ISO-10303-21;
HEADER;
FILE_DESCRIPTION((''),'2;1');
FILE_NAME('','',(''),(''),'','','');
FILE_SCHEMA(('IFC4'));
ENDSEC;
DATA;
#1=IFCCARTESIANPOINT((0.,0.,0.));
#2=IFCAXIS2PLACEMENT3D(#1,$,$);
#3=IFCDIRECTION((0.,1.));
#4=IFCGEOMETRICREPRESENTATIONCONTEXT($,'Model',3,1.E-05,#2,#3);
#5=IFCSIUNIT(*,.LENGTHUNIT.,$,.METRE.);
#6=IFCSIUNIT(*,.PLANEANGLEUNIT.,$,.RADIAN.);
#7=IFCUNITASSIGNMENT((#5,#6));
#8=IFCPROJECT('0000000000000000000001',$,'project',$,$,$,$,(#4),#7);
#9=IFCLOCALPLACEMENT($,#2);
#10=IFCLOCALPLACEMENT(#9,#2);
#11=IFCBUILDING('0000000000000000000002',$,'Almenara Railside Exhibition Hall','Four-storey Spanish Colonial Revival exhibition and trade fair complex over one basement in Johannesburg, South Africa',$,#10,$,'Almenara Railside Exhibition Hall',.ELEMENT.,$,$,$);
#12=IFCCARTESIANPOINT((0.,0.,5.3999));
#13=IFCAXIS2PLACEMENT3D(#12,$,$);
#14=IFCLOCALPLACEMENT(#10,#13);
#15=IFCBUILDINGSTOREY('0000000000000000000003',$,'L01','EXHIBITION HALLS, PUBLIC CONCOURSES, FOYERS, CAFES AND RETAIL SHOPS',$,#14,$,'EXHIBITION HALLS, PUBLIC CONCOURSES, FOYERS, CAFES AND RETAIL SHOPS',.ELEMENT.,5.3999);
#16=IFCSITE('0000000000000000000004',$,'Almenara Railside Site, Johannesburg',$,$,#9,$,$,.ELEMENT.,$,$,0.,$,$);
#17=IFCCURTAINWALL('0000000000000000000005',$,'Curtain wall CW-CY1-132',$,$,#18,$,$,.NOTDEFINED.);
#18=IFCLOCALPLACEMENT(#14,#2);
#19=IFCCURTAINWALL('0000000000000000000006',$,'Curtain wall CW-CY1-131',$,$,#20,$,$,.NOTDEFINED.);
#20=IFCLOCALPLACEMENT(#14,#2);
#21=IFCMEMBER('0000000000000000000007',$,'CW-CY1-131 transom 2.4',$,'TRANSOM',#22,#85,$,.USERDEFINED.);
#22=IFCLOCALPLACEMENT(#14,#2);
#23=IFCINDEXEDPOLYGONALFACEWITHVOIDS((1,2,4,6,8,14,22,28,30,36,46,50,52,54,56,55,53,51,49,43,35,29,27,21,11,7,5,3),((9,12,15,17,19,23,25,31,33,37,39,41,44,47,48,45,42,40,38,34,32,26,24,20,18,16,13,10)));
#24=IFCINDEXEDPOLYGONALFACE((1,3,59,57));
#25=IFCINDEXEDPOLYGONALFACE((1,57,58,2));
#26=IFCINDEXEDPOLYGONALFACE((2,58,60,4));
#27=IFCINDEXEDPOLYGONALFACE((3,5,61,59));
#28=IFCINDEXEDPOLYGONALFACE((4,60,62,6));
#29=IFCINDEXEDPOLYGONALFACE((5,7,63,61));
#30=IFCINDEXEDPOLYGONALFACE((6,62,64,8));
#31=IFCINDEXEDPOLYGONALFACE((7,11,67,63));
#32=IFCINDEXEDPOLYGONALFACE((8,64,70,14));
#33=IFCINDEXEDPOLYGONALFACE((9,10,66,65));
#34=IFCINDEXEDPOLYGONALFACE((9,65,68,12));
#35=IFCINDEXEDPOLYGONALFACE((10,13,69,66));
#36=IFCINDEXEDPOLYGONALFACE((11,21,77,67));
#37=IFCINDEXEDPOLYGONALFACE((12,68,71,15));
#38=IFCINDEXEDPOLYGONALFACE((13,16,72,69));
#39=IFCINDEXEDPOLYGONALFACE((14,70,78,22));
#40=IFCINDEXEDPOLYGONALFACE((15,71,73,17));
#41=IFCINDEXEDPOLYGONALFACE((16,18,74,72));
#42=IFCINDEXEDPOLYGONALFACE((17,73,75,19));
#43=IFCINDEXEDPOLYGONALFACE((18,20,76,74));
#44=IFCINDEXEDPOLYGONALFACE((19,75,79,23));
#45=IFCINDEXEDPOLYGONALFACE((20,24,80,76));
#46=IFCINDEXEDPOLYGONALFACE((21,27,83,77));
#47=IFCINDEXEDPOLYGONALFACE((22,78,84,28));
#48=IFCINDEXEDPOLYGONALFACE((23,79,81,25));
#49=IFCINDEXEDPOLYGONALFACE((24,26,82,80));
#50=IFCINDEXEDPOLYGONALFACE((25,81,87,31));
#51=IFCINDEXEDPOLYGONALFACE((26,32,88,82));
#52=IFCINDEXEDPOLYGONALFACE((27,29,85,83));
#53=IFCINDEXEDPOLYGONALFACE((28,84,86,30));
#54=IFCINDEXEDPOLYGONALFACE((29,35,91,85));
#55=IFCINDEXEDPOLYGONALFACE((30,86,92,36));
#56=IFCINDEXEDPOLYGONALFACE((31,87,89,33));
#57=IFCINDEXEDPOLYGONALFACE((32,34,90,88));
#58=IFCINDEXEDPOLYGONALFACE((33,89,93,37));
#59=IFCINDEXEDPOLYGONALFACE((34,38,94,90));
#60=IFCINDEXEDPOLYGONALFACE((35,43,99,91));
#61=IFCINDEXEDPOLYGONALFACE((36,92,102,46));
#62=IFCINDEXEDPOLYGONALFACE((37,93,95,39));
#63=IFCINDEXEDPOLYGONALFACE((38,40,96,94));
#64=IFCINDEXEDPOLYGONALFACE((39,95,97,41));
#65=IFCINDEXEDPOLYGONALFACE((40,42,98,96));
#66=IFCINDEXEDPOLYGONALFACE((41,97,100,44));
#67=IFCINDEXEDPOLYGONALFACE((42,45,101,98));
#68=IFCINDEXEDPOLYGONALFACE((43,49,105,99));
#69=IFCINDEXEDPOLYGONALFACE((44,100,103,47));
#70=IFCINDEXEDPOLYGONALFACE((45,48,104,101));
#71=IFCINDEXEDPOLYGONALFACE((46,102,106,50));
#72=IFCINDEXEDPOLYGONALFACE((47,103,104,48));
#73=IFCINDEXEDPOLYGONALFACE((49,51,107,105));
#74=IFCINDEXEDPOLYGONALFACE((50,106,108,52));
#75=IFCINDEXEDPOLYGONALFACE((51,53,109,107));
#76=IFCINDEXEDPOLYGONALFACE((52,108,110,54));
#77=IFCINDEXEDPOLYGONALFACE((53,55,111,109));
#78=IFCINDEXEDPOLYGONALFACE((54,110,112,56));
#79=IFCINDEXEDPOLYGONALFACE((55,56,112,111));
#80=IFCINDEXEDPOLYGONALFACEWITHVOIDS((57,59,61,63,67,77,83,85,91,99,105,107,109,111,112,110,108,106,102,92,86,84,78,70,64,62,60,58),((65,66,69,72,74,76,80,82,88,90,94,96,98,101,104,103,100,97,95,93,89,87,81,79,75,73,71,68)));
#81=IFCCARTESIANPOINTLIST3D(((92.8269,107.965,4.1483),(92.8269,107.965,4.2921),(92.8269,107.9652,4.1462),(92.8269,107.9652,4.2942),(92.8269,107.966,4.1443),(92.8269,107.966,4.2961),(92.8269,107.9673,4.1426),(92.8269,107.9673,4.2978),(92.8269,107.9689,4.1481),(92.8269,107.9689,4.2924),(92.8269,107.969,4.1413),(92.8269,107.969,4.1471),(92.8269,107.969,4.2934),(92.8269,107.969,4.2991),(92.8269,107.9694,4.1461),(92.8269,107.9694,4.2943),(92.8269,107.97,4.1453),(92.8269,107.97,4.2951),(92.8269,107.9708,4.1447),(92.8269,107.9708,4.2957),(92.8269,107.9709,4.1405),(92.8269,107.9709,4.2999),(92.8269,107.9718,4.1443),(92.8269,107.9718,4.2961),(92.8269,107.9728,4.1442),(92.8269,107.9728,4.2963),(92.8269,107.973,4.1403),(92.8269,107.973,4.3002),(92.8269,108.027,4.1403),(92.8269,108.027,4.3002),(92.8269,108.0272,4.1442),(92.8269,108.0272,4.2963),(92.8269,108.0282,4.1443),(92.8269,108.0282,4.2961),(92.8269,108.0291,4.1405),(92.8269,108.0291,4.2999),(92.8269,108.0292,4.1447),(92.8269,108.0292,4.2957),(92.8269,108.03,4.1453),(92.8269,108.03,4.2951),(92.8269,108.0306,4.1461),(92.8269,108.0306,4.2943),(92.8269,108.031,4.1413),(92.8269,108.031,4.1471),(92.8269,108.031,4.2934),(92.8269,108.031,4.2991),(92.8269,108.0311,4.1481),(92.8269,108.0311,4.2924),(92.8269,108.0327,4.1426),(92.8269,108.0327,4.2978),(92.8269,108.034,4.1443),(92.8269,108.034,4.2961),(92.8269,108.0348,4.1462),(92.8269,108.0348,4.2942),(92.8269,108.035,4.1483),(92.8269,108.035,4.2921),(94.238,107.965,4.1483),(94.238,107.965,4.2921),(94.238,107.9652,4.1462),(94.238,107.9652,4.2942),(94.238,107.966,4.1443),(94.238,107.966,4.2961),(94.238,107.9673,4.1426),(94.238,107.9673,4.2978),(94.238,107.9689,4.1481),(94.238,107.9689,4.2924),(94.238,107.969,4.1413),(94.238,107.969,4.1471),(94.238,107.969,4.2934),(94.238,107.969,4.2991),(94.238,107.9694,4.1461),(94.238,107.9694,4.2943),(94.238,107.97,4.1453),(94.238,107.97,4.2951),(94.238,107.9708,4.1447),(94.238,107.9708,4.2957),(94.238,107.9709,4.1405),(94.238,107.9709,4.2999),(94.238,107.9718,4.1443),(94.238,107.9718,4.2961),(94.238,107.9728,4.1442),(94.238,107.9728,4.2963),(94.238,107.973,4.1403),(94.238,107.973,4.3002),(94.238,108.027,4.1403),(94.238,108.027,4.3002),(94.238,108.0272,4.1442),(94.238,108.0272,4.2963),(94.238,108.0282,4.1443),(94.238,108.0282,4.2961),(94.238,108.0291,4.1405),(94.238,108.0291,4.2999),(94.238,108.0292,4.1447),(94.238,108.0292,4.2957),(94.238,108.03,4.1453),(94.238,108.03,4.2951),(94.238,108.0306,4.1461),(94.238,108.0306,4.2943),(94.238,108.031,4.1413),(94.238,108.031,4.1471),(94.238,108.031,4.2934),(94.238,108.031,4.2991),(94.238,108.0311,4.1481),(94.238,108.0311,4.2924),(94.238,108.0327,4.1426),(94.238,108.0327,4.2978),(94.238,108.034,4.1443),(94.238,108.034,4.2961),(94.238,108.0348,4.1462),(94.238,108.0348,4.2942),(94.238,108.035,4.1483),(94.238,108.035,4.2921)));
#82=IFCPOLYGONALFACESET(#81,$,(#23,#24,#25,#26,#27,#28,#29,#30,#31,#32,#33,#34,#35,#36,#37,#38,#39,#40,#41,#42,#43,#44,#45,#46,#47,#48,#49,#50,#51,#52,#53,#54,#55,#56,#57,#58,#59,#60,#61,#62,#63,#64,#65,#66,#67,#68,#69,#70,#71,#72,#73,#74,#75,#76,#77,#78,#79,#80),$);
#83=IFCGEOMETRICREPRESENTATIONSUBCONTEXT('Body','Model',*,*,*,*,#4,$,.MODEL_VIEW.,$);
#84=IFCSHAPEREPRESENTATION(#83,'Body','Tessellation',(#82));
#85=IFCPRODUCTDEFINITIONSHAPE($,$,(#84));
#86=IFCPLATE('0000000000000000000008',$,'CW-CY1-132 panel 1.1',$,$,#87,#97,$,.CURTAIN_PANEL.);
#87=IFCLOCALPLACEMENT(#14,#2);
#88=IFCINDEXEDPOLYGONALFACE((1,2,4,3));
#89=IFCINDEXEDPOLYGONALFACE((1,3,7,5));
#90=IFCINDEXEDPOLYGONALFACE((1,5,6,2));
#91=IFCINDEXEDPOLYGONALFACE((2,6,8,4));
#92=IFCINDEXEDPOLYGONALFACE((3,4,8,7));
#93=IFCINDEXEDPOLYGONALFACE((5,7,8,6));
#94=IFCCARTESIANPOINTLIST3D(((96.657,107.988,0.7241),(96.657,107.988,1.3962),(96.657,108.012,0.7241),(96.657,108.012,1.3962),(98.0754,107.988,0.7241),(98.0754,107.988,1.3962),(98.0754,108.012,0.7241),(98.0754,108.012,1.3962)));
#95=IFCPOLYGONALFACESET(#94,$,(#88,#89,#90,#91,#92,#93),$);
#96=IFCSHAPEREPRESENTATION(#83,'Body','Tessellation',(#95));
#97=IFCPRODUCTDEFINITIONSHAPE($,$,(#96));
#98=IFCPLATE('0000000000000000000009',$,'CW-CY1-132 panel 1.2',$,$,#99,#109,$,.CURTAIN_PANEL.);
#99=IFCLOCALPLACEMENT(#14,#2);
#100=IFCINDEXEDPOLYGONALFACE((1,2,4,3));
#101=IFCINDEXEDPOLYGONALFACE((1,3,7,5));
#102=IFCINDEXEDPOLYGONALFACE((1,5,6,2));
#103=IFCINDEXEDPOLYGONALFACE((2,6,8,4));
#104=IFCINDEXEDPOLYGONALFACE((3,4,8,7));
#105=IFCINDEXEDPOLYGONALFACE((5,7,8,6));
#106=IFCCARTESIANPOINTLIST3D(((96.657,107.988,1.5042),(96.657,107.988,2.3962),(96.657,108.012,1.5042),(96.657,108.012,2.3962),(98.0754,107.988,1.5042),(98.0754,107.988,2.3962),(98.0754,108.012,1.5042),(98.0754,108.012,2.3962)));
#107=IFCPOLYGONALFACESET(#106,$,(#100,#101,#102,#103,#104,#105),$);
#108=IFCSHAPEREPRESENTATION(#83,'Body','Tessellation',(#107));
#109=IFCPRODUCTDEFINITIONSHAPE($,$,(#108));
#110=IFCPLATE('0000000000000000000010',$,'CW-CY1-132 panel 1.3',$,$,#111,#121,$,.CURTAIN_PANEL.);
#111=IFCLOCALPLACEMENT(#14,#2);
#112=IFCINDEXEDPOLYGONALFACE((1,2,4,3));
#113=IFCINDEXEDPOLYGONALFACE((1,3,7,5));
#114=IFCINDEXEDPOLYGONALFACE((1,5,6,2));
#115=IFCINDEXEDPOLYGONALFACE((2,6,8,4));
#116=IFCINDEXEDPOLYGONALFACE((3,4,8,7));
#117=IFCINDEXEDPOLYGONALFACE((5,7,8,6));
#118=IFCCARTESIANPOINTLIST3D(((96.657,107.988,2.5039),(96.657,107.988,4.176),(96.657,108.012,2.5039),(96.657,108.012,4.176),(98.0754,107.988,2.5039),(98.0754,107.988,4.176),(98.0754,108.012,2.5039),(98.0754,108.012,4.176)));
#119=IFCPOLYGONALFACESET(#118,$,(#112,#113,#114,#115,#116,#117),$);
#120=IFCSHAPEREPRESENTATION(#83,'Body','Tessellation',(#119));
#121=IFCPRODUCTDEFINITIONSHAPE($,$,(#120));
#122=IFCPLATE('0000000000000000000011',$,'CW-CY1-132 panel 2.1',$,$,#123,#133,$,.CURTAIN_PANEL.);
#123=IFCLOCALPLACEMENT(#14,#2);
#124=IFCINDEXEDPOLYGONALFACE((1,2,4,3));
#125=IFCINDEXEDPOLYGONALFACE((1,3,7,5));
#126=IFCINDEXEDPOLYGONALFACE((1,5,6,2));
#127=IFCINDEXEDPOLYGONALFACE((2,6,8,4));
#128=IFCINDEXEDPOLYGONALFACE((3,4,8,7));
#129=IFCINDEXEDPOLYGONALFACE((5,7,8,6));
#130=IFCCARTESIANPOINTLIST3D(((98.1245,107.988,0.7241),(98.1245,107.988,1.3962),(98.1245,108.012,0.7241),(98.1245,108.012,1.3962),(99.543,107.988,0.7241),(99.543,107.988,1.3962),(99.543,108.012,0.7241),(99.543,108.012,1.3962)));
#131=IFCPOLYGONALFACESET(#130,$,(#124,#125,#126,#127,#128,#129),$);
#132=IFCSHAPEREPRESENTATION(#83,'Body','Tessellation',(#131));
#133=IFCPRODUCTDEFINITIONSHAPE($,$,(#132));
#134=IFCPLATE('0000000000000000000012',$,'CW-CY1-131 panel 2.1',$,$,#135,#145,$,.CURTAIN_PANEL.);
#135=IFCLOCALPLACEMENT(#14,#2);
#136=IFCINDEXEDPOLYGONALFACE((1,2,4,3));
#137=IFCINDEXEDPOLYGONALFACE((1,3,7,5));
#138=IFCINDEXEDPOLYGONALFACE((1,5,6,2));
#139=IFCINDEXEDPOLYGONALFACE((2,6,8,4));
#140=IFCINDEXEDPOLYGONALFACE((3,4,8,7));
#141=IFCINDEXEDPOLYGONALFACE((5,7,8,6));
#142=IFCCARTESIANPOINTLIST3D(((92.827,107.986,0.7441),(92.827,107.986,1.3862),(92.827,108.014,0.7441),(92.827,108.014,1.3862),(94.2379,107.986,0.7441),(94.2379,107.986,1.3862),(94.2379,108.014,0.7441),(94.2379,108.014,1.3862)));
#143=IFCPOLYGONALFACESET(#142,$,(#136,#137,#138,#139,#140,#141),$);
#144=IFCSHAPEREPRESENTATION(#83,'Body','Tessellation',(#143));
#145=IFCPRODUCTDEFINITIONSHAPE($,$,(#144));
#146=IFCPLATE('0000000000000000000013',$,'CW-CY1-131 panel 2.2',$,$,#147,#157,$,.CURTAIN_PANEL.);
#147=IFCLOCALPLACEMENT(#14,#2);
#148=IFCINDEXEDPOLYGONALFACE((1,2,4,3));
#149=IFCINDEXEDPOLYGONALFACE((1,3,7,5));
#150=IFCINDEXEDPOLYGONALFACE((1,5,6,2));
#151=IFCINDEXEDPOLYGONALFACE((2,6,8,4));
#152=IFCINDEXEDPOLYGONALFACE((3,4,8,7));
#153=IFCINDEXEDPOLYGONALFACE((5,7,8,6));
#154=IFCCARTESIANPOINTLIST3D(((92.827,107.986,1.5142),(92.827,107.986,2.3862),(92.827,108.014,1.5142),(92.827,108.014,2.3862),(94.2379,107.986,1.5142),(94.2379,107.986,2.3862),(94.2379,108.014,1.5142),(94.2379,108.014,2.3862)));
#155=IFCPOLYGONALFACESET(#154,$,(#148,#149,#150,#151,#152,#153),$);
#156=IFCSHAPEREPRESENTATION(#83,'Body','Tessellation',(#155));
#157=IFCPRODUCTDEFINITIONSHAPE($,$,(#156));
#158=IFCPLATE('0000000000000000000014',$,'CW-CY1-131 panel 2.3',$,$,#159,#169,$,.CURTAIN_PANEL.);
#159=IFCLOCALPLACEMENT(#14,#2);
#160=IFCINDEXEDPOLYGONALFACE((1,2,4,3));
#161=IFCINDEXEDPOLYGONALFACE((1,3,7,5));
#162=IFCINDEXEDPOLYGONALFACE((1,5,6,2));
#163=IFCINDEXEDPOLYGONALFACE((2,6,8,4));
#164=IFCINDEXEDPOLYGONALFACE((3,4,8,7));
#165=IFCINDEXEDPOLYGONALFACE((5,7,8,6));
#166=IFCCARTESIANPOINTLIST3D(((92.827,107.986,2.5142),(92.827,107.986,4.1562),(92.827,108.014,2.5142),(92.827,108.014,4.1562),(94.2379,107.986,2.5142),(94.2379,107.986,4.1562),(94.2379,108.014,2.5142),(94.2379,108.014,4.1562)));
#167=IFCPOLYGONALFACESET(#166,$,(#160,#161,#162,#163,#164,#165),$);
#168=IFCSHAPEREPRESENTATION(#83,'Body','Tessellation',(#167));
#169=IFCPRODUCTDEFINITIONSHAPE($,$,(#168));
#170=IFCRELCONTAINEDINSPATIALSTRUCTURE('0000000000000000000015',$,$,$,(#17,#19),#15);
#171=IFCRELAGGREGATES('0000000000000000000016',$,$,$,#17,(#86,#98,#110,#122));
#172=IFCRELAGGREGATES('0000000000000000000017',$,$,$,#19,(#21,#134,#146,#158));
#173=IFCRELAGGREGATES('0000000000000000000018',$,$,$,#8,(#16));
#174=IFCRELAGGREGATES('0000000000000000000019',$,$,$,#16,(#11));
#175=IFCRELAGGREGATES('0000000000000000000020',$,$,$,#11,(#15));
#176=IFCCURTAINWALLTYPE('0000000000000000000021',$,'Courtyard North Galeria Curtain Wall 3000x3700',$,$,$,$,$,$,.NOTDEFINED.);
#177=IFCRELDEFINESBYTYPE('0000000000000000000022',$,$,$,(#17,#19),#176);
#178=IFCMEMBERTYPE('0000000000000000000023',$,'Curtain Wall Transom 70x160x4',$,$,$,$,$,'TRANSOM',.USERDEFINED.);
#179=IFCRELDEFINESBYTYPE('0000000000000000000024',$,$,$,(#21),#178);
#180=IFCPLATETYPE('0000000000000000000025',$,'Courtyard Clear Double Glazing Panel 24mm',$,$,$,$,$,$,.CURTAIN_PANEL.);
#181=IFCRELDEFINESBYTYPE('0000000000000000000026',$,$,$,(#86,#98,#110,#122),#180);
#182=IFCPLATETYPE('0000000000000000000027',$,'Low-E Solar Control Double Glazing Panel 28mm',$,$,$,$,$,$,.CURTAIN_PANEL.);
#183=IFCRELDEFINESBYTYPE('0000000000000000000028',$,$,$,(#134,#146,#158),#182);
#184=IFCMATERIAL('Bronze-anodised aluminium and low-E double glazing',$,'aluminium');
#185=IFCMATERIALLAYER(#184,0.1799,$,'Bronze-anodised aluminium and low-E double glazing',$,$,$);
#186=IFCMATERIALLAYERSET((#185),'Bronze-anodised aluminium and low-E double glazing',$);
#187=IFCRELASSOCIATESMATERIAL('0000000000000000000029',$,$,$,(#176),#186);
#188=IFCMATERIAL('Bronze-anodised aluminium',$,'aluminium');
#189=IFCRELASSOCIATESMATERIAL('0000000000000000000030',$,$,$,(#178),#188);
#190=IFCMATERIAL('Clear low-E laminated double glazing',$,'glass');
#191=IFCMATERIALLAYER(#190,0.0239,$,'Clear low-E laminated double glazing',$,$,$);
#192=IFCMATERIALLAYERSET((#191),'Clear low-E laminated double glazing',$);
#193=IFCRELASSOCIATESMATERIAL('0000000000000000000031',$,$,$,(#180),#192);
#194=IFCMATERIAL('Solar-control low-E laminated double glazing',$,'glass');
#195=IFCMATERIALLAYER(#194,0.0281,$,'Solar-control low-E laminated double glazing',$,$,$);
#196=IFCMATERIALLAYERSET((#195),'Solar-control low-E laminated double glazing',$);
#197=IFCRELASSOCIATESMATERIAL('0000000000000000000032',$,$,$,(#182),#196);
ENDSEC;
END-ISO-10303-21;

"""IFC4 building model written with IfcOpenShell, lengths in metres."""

from ifc_helpers import new_model, si_unit, direction, frame, origin, origin_2d, place, context, subcontext, project, spatial, rectangle, hollow_rectangle, extrude, material, layer, layer_set, material_profile, profile_set, type_object, element, aggregate, save


model = new_model("IFC4")

# Units and contexts
model_context = context("Model", 3, precision=1e-05, world=origin(), true_north=direction((0.0, 1.0)))
body_context = subcontext(model_context, "Body", "Model", "MODEL_VIEW")
ifc_project = project(units=[si_unit("LENGTHUNIT", "METRE"), si_unit("PLANEANGLEUNIT", "RADIAN")], contexts=[model_context])

# Site, building, storey
site_placement = place(None, origin())
site = spatial("IfcSite", under=ifc_project, at=site_placement, Name="Almenara Railside Site, Johannesburg", CompositionType="ELEMENT", RefElevation=0.0)
building_placement = place(site_placement, origin())
building = spatial("IfcBuilding", under=site, at=building_placement, Name="Almenara Railside Exhibition Hall", Description="Four-storey Spanish Colonial Revival exhibition and trade fair complex over one basement in Johannesburg, South Africa", LongName="Almenara Railside Exhibition Hall", CompositionType="ELEMENT")
storey_placement = place(building_placement, frame((0.0, 0.0, 5.3999)))
storey = spatial("IfcBuildingStorey", under=building, at=storey_placement, Name="L01", Description="EXHIBITION HALLS, PUBLIC CONCOURSES, FOYERS, CAFES AND RETAIL SHOPS", LongName="EXHIBITION HALLS, PUBLIC CONCOURSES, FOYERS, CAFES AND RETAIL SHOPS", CompositionType="ELEMENT", Elevation=5.3999)

# Curtain wall
ifc_material_1 = material(Name="Bronze-anodised aluminium and low-E double glazing", Category="aluminium")
ifc_layer_1 = layer(ifc_material_1, 0.1799, Name="Bronze-anodised aluminium and low-E double glazing")
ifc_layer_set_1 = layer_set([ifc_layer_1], Name="Bronze-anodised aluminium and low-E double glazing")
curtain_wall_type = type_object("IfcCurtainWallType", Name="Courtyard North Galeria Curtain Wall 3000x3700", PredefinedType="NOTDEFINED", material=ifc_layer_set_1)
curtain_wall_1_placement = place(storey_placement, origin())
curtain_wall_1 = element("IfcCurtainWall", 1, at=curtain_wall_1_placement, inside=storey, type_object=curtain_wall_type, Name="Curtain wall CW-CY1-132", PredefinedType="NOTDEFINED")
ifc_material_2 = material(Name="Bronze-anodised aluminium", Category="aluminium")

# Curtain wall
curtain_wall_2_placement = place(storey_placement, origin())
curtain_wall_2 = element("IfcCurtainWall", 2, at=curtain_wall_2_placement, inside=storey, type_object=curtain_wall_type, Name="Curtain wall CW-CY1-131", PredefinedType="NOTDEFINED")

# Member
ifc_material_profile_1 = material_profile(ifc_material_2, hollow_rectangle(XDim=0.0701, YDim=0.1599, WallThickness=0.0039, InnerFilletRadius=0.0039, OuterFilletRadius=0.0081, at=origin_2d()), Name="ALU-TRN 70x160x4")
ifc_profile_set_1 = profile_set([ifc_material_profile_1], Name="Bronze-anodised aluminium")
member_type_1 = type_object("IfcMemberType", Name="Curtain Wall Transom 70x160x4", ElementType="TRANSOM", PredefinedType="USERDEFINED", material=ifc_profile_set_1)
member_1_placement = place(storey_placement, frame((92.8269, 108.0, 4.2202), z_axis=(1.0, 0.0, 0.0), x_axis=(0.0, 1.0, 0.0)))
member_1 = element("IfcMember", 3, at=member_1_placement, type_object=member_type_1, Name="CW-CY1-131 transom 2.4", ObjectType="TRANSOM", PredefinedType="USERDEFINED", context=body_context, shape_type="SweptSolid", body=[
    extrude(hollow_rectangle(XDim=0.0701, YDim=0.1599, WallThickness=0.0039, InnerFilletRadius=0.0039, OuterFilletRadius=0.0081, at=origin_2d()), origin(), (0.0, 0.0, 1.0), 1.4111),
])

# Plates
ifc_material_3 = material(Name="Clear low-E laminated double glazing", Category="glass")
ifc_layer_2 = layer(ifc_material_3, 0.0239, Name="Clear low-E laminated double glazing")
ifc_layer_set_2 = layer_set([ifc_layer_2], Name="Clear low-E laminated double glazing")
plate_type_1 = type_object("IfcPlateType", Name="Courtyard Clear Double Glazing Panel 24mm", PredefinedType="CURTAIN_PANEL", material=ifc_layer_set_2)
plate_1_placement = place(storey_placement, frame((97.3662, 108.0, 0.7241), z_axis=(0.0, 0.0, 1.0), x_axis=(1.0, 0.0, 0.0)))
plate_1 = element("IfcPlate", 4, at=plate_1_placement, type_object=plate_type_1, Name="CW-CY1-132 panel 1.1", PredefinedType="CURTAIN_PANEL", context=body_context, shape_type="SweptSolid", body=[
    extrude(rectangle(XDim=1.4185, YDim=0.0239, at=origin_2d()), origin(), (0.0, 0.0, 1.0), 0.6721),
])
plate_2_placement = place(storey_placement, frame((97.3662, 108.0, 1.5042), z_axis=(0.0, 0.0, 1.0), x_axis=(1.0, 0.0, 0.0)))
plate_2 = element("IfcPlate", 5, at=plate_2_placement, type_object=plate_type_1, Name="CW-CY1-132 panel 1.2", PredefinedType="CURTAIN_PANEL", context=body_context, shape_type="SweptSolid", body=[
    extrude(rectangle(XDim=1.4185, YDim=0.0239, at=origin_2d()), origin(), (0.0, 0.0, 1.0), 0.8921),
])
plate_3_placement = place(storey_placement, frame((97.3662, 108.0, 2.5039), z_axis=(0.0, 0.0, 1.0), x_axis=(1.0, 0.0, 0.0)))
plate_3 = element("IfcPlate", 6, at=plate_3_placement, type_object=plate_type_1, Name="CW-CY1-132 panel 1.3", PredefinedType="CURTAIN_PANEL", context=body_context, shape_type="SweptSolid", body=[
    extrude(rectangle(XDim=1.4185, YDim=0.0239, at=origin_2d()), origin(), (0.0, 0.0, 1.0), 1.6721),
])
plate_4_placement = place(storey_placement, frame((98.8337, 108.0, 0.7241), z_axis=(0.0, 0.0, 1.0), x_axis=(1.0, 0.0, 0.0)))
plate_4 = element("IfcPlate", 7, at=plate_4_placement, type_object=plate_type_1, Name="CW-CY1-132 panel 2.1", PredefinedType="CURTAIN_PANEL", context=body_context, shape_type="SweptSolid", body=[
    extrude(rectangle(XDim=1.4185, YDim=0.0239, at=origin_2d()), origin(), (0.0, 0.0, 1.0), 0.6721),
])
aggregate(curtain_wall_1, [plate_1, plate_2, plate_3, plate_4])
ifc_material_4 = material(Name="Solar-control low-E laminated double glazing", Category="glass")
ifc_layer_3 = layer(ifc_material_4, 0.0281, Name="Solar-control low-E laminated double glazing")
ifc_layer_set_3 = layer_set([ifc_layer_3], Name="Solar-control low-E laminated double glazing")
plate_type_2 = type_object("IfcPlateType", Name="Low-E Solar Control Double Glazing Panel 28mm", PredefinedType="CURTAIN_PANEL", material=ifc_layer_set_3)
plate_5_placement = place(storey_placement, frame((93.5325, 108.0, 0.7441), z_axis=(0.0, 0.0, 1.0), x_axis=(1.0, 0.0, 0.0)))
plate_5 = element("IfcPlate", 8, at=plate_5_placement, type_object=plate_type_2, Name="CW-CY1-131 panel 2.1", PredefinedType="CURTAIN_PANEL", context=body_context, shape_type="SweptSolid", body=[
    extrude(rectangle(XDim=1.4109, YDim=0.0281, at=origin_2d()), origin(), (0.0, 0.0, 1.0), 0.6421),
])
plate_6_placement = place(storey_placement, frame((93.5325, 108.0, 1.5142), z_axis=(0.0, 0.0, 1.0), x_axis=(1.0, 0.0, 0.0)))
plate_6 = element("IfcPlate", 9, at=plate_6_placement, type_object=plate_type_2, Name="CW-CY1-131 panel 2.2", PredefinedType="CURTAIN_PANEL", context=body_context, shape_type="SweptSolid", body=[
    extrude(rectangle(XDim=1.4109, YDim=0.0281, at=origin_2d()), origin(), (0.0, 0.0, 1.0), 0.8721),
])
plate_7_placement = place(storey_placement, frame((93.5325, 108.0, 2.5142), z_axis=(0.0, 0.0, 1.0), x_axis=(1.0, 0.0, 0.0)))
plate_7 = element("IfcPlate", 10, at=plate_7_placement, type_object=plate_type_2, Name="CW-CY1-131 panel 2.3", PredefinedType="CURTAIN_PANEL", context=body_context, shape_type="SweptSolid", body=[
    extrude(rectangle(XDim=1.4109, YDim=0.0281, at=origin_2d()), origin(), (0.0, 0.0, 1.0), 1.6421),
])
aggregate(curtain_wall_2, [member_1, plate_5, plate_6, plate_7])

save(model, "model.ifc")
